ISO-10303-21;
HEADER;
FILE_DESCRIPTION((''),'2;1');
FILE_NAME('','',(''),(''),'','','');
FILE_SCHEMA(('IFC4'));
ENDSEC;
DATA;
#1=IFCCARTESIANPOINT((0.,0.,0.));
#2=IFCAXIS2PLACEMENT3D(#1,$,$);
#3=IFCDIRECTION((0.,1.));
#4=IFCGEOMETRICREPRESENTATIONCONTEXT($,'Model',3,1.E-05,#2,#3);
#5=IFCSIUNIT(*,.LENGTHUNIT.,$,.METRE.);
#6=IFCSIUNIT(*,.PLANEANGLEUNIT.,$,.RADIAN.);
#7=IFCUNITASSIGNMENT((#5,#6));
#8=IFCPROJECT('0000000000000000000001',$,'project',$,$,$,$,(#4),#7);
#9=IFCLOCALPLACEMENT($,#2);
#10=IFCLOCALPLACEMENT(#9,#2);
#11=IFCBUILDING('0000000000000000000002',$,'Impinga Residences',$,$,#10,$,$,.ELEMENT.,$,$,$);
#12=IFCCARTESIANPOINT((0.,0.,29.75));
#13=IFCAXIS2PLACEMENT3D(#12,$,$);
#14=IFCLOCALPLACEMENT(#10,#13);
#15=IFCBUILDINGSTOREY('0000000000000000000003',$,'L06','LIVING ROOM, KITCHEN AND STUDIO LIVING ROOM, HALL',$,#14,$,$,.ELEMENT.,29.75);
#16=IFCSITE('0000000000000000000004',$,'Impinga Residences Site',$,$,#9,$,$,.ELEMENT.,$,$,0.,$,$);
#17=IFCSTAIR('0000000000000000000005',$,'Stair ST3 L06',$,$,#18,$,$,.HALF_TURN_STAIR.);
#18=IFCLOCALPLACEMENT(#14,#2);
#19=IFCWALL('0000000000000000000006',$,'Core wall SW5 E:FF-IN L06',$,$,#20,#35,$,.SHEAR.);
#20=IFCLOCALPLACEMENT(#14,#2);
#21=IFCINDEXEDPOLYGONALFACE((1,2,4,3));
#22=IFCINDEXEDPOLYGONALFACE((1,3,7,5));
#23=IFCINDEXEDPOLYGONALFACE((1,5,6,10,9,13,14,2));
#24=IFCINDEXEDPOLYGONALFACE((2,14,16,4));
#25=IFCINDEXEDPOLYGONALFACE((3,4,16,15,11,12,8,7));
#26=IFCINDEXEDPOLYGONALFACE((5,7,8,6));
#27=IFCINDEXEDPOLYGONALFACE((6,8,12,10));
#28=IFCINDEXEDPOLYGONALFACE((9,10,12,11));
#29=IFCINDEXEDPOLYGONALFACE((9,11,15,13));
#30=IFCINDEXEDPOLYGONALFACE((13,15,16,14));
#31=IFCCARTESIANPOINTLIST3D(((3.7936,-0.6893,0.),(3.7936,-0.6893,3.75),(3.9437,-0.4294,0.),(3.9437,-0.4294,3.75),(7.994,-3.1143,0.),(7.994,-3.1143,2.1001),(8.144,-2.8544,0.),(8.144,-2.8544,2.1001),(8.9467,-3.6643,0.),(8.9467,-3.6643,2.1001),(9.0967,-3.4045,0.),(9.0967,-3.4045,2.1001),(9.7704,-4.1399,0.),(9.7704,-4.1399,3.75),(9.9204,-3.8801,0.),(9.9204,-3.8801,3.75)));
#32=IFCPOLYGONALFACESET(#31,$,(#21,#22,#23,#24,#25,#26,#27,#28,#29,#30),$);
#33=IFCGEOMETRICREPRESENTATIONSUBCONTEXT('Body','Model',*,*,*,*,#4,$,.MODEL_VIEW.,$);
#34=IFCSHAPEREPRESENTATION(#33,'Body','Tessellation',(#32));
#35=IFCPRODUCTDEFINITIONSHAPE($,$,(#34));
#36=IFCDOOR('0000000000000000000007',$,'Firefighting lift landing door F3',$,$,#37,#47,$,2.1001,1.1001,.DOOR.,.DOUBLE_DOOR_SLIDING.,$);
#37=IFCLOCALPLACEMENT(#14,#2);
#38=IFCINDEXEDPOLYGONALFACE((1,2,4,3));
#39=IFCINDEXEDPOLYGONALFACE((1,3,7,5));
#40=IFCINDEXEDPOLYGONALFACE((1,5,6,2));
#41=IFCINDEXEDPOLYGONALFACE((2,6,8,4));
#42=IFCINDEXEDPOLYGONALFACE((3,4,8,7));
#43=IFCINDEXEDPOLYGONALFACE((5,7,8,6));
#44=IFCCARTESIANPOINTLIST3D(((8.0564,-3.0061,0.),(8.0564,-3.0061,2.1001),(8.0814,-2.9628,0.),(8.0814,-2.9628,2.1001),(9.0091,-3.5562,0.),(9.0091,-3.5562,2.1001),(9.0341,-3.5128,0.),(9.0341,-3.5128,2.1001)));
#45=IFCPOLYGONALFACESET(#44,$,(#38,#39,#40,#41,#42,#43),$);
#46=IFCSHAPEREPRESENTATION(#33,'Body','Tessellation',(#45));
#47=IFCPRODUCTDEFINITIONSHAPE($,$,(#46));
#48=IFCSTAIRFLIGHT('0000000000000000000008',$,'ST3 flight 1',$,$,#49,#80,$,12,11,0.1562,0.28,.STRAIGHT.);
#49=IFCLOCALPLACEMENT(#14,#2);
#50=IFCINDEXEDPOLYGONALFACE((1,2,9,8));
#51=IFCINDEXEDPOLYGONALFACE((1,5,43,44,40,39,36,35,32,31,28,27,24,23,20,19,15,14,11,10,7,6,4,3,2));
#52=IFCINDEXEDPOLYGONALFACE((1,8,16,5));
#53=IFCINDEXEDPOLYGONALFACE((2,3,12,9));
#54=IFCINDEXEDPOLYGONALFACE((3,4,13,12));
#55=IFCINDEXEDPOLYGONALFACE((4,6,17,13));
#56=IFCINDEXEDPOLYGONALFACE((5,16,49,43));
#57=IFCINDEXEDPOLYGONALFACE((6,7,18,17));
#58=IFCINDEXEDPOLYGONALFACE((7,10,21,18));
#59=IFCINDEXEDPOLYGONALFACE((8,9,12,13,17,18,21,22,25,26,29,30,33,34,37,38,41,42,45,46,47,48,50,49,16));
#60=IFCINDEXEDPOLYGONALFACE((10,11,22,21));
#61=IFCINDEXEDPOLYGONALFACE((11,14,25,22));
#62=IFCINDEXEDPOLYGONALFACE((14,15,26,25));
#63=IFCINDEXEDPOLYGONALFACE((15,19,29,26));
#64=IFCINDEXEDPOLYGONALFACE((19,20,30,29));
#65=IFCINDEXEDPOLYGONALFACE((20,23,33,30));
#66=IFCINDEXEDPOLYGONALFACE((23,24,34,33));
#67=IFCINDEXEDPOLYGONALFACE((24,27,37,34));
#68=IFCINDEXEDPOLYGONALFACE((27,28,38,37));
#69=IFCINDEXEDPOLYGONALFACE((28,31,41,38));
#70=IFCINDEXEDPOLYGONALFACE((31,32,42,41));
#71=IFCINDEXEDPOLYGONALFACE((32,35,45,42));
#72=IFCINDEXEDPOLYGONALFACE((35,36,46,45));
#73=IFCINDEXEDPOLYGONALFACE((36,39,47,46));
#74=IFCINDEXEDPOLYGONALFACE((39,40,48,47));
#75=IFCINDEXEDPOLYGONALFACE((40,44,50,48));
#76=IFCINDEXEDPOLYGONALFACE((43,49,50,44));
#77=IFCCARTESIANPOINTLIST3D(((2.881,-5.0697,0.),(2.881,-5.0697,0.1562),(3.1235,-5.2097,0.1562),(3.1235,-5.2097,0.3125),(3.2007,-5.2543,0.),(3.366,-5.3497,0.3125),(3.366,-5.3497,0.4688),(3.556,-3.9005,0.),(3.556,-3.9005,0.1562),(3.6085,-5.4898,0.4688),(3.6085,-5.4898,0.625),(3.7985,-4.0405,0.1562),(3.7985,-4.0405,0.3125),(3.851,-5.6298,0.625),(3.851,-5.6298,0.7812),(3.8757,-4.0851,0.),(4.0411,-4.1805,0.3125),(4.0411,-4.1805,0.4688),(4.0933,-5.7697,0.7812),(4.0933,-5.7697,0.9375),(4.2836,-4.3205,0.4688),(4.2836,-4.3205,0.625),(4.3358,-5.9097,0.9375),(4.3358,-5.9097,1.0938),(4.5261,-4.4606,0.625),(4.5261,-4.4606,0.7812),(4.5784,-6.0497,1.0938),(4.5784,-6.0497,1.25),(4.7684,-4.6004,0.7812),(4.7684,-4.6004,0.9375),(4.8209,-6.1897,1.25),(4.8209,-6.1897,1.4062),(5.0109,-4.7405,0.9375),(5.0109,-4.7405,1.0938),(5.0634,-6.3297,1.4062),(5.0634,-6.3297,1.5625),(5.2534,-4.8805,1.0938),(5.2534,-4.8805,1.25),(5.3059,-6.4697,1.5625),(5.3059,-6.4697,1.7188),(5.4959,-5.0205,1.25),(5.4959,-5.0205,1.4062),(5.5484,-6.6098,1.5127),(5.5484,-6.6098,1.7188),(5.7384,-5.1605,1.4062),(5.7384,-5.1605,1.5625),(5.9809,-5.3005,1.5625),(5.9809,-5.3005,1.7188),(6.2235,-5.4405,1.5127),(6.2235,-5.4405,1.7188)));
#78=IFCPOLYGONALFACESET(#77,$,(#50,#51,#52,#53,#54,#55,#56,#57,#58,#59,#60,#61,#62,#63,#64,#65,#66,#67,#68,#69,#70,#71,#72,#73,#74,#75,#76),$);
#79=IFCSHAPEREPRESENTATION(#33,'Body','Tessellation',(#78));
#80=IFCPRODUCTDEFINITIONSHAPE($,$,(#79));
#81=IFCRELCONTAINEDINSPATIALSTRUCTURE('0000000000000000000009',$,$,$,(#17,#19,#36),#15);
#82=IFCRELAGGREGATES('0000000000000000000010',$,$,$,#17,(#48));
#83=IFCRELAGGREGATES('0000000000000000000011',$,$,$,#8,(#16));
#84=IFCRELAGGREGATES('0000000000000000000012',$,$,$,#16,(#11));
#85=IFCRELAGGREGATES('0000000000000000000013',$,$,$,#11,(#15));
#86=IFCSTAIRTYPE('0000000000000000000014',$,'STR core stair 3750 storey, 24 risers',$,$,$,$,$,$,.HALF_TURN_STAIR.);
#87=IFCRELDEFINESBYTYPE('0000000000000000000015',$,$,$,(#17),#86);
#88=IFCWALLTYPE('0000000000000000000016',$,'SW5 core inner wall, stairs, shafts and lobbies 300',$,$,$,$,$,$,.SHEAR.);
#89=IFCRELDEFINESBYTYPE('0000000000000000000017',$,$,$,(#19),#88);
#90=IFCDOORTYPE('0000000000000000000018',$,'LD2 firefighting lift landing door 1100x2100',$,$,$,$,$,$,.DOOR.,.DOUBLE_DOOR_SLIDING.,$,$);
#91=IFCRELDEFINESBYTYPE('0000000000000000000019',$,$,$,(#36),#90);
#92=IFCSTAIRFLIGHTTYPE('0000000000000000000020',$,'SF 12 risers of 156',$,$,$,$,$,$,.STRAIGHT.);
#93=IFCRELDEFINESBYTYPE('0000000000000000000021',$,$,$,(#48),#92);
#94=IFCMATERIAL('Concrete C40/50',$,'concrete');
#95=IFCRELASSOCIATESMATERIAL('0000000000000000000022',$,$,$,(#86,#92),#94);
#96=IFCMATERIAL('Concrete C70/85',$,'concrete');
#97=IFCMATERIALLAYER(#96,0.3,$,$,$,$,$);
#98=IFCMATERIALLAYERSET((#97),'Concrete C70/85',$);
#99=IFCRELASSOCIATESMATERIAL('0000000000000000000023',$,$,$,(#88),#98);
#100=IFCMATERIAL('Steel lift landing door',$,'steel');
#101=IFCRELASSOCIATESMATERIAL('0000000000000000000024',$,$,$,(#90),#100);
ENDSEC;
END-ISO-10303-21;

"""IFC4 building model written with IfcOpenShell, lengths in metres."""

from ifc_helpers import new_model, si_unit, direction, frame, frame_2d, origin, place, context, subcontext, project, spatial, polyline, rectangle, outline, extrude, material, layer, layer_set, type_object, element, fill, aggregate, save


model = new_model("IFC4")

# Units and contexts
model_context = context("Model", 3, precision=1e-05, world=origin(), true_north=direction((0.0, 1.0)))
body_context = subcontext(model_context, "Body", "Model", "MODEL_VIEW")
ifc_project = project(units=[si_unit("LENGTHUNIT", "METRE"), si_unit("PLANEANGLEUNIT", "RADIAN")], contexts=[model_context])

# Site, building, storey
site_placement = place(None, origin())
site = spatial("IfcSite", under=ifc_project, at=site_placement, Name="Impinga Residences Site", CompositionType="ELEMENT", RefElevation=0.0)
building_placement = place(site_placement, origin())
building = spatial("IfcBuilding", under=site, at=building_placement, Name="Impinga Residences", CompositionType="ELEMENT")
storey_placement = place(building_placement, frame((0.0, 0.0, 29.75)))
storey = spatial("IfcBuildingStorey", under=building, at=storey_placement, Name="L06", Description="LIVING ROOM, KITCHEN AND STUDIO LIVING ROOM, HALL", CompositionType="ELEMENT", Elevation=29.75)

# Stair
ifc_material_1 = material(Name="Concrete C40/50", Category="concrete")
stair_type_1 = type_object("IfcStairType", Name="STR core stair 3750 storey, 24 risers", PredefinedType="HALF_TURN_STAIR", material=ifc_material_1)
stair_1_placement = place(storey_placement, origin())
stair_1 = element("IfcStair", 1, at=stair_1_placement, inside=storey, type_object=stair_type_1, Name="Stair ST3 L06", PredefinedType="HALF_TURN_STAIR")

# Wall, opening, door
ifc_material_2 = material(Name="Concrete C70/85", Category="concrete")
ifc_layer_1 = layer(ifc_material_2, 0.3)
ifc_layer_set_1 = layer_set([ifc_layer_1], Name="Concrete C70/85")
wall_type = type_object("IfcWallType", Name="SW5 core inner wall, stairs, shafts and lobbies 300", PredefinedType="SHEAR", material=ifc_layer_set_1)
wall_1_placement = place(storey_placement, frame((3.8687, -0.5593, 0.0), z_axis=(0.0, 0.0, 1.0), x_axis=(0.866027, -0.499997, 0.0)))
wall_1 = element("IfcWall", 2, at=wall_1_placement, inside=storey, type_object=wall_type, Name="Core wall SW5 E:FF-IN L06", PredefinedType="SHEAR", context=body_context, shape_type="SweptSolid", body=[
    extrude(rectangle(XDim=6.9014, YDim=0.3, at=frame_2d((3.4507, 0.0))), origin(), (0.0, 0.0, 1.0), 3.75),
])
opening_1_placement = place(wall_1_placement, frame((4.8501, 0.0, 0.0)))
opening_1 = element("IfcOpeningElement", 3, at=opening_1_placement, cuts=wall_1, PredefinedType="OPENING", context=body_context, shape_type="SweptSolid", body=[
    extrude(rectangle(XDim=1.1001, YDim=2.1001, at=frame_2d((0.55, 1.05))), frame((0.0, 0.1599, 0.0), z_axis=(0.0, -1.0, 0.0), x_axis=(1.0, 0.0, 0.0)), (0.0, 0.0, 1.0), 0.3201),
])
ifc_material_3 = material(Name="Steel lift landing door", Category="steel")
door_type_1 = type_object("IfcDoorType", Name="LD2 firefighting lift landing door 1100x2100", OperationType="DOUBLE_DOOR_SLIDING", PredefinedType="DOOR", material=ifc_material_3)
door_1_placement = place(opening_1_placement, origin())
door_1 = element("IfcDoor", 4, at=door_1_placement, inside=storey, type_object=door_type_1, Name="Firefighting lift landing door F3", OperationType="DOUBLE_DOOR_SLIDING", OverallHeight=2.1001, OverallWidth=1.1001, PredefinedType="DOOR", context=body_context, shape_type="SweptSolid", body=[
    extrude(rectangle(XDim=1.1001, YDim=2.1001, at=frame_2d((0.55, 1.05))), frame((0.0, 0.0249, 0.0), z_axis=(0.0, -1.0, 0.0), x_axis=(1.0, 0.0, 0.0)), (0.0, 0.0, 1.0), 0.05),
])
fill(opening_1, door_1)

# Stair flight
stair_flight_type = type_object("IfcStairFlightType", Name="SF 12 risers of 156", PredefinedType="STRAIGHT", material=ifc_material_1)
stair_flight_placement = place(storey_placement, frame((3.2185, -4.4851, 0.0), z_axis=(0.0, 0.0, 1.0), x_axis=(0.866025, -0.5, 0.0)))
stair_flight = element("IfcStairFlight", 5, at=stair_flight_placement, type_object=stair_flight_type, Name="ST3 flight 1", NumberOfRisers=12, NumberOfTreads=11, PredefinedType="STRAIGHT", RiserHeight=0.1562, TreadLength=0.28, context=body_context, shape_type="SweptSolid", body=[
    extrude(outline(polyline([(0.0, 0.0), (0.0, 0.1562), (0.28, 0.1562), (0.28, 0.3125), (0.5601, 0.3125), (0.5601, 0.4688), (0.8401, 0.4688), (0.8401, 0.625), (1.1201, 0.625), (1.1201, 0.7812), (1.3999, 0.7812), (1.3999, 0.9375), (1.6799, 0.9375), (1.6799, 1.0938), (1.96, 1.0938), (1.96, 1.25), (2.24, 1.25), (2.24, 1.4062), (2.52, 1.4062), (2.52, 1.5625), (2.8, 1.5625), (2.8, 1.7188), (3.0801, 1.7188), (3.0801, 1.875), (3.0801, 1.5127), (0.3691, 0.0), (0.0, 0.0)])), frame((0.0, 0.675, 0.0), z_axis=(0.0, -1.0, 0.0), x_axis=(1.0, 0.0, 0.0)), (0.0, 0.0, 1.0), 1.3501),
])
aggregate(stair_1, [stair_flight])

save(model, "model.ifc")
